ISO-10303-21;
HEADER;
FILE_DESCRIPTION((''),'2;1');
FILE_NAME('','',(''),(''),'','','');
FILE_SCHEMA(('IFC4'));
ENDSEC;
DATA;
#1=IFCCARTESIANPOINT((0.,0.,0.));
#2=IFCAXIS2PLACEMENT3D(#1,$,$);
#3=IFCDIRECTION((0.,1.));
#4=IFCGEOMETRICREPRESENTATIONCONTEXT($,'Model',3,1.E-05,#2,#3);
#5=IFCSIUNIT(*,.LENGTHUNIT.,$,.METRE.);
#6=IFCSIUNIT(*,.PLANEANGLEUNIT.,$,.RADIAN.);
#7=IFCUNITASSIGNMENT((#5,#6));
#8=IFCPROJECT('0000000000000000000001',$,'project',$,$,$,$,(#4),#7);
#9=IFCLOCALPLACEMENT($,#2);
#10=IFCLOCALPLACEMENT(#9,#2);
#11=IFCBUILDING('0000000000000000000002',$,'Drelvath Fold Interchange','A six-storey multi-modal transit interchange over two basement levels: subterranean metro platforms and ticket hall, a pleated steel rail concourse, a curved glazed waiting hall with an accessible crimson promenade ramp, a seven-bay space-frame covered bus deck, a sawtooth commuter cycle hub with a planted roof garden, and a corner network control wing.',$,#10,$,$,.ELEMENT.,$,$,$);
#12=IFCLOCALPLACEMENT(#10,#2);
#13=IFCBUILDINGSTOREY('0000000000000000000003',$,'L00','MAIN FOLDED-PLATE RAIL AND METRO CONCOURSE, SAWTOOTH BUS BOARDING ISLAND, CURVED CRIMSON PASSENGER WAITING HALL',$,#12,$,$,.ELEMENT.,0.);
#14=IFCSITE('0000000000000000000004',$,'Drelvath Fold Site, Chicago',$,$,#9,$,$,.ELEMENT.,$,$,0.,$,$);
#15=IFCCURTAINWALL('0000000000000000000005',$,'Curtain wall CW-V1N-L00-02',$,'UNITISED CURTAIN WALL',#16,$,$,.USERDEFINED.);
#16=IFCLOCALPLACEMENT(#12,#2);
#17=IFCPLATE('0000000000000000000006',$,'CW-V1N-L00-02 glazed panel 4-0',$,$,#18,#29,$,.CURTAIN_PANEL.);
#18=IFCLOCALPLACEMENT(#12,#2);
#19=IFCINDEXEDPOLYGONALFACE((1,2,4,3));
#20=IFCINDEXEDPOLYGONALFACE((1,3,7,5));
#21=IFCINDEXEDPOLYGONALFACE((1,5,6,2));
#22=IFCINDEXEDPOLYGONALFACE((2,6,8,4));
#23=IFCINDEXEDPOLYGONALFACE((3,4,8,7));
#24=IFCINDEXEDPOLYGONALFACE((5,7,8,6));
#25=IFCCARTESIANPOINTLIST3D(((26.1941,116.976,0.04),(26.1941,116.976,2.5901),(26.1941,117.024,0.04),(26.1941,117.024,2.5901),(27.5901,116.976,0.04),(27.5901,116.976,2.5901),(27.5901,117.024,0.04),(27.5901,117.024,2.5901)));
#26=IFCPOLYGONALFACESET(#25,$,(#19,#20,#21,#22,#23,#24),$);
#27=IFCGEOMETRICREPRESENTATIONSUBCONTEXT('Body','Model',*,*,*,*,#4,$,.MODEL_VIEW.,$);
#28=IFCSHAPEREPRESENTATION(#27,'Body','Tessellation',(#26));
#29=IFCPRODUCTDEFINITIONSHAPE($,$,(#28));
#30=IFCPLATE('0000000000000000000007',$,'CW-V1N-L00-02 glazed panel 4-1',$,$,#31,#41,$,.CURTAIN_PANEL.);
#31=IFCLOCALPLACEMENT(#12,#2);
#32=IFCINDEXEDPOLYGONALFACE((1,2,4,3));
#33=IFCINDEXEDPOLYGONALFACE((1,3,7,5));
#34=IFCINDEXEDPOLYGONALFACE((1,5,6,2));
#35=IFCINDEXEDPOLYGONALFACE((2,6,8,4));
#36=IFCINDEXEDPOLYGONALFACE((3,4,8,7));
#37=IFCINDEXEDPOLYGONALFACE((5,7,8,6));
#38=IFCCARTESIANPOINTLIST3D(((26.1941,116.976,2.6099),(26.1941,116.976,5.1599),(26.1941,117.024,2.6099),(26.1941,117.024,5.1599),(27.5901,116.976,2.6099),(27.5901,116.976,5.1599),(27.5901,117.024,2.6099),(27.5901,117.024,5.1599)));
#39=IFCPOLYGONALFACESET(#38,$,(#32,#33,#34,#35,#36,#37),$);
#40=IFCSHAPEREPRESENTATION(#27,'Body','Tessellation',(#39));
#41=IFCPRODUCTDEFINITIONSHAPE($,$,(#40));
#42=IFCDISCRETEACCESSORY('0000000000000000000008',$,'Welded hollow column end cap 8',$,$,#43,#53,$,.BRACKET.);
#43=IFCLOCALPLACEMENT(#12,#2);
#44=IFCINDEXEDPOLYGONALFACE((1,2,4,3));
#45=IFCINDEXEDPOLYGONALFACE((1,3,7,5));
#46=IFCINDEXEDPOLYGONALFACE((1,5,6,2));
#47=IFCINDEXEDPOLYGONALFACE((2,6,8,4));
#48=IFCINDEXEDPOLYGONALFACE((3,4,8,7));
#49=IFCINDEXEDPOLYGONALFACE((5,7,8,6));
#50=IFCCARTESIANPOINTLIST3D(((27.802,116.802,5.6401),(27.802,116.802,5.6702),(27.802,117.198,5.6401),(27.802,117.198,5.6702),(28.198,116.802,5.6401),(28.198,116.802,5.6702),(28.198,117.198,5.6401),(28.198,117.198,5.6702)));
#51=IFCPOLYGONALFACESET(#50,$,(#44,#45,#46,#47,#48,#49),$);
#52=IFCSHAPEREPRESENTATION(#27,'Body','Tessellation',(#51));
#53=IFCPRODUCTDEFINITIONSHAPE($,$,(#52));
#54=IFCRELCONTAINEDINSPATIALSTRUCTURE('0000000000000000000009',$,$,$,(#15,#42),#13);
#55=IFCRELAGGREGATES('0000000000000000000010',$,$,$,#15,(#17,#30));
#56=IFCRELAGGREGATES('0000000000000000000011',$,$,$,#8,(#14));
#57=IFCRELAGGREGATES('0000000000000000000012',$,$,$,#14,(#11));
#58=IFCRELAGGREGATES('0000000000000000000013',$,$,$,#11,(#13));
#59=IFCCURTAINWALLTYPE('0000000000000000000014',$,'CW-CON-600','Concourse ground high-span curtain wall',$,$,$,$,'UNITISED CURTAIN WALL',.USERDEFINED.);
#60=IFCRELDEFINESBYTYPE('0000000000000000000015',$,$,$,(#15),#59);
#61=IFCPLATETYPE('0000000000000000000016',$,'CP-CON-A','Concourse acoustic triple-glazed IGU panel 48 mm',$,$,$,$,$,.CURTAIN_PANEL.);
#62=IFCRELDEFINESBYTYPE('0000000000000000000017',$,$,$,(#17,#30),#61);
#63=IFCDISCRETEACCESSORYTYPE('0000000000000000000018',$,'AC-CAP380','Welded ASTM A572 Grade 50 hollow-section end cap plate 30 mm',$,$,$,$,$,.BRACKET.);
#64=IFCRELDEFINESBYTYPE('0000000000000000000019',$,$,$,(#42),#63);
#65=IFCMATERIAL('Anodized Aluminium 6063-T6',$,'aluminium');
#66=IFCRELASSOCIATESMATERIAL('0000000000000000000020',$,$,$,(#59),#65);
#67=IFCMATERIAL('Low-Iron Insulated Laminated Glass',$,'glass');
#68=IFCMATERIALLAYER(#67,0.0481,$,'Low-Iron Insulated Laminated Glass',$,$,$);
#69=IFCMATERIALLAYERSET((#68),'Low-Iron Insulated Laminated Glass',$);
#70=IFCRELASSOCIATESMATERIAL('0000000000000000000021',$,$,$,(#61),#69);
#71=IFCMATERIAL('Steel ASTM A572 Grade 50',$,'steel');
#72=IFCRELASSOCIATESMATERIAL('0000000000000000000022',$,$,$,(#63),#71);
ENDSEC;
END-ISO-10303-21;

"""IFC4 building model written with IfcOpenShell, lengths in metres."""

from ifc_helpers import new_model, si_unit, direction, frame, origin, origin_2d, place, context, subcontext, project, spatial, rectangle, extrude, material, layer, layer_set, type_object, element, aggregate, save


model = new_model("IFC4")

# Units and contexts
model_context = context("Model", 3, precision=1e-05, world=origin(), true_north=direction((0.0, 1.0)))
body_context = subcontext(model_context, "Body", "Model", "MODEL_VIEW")
ifc_project = project(units=[si_unit("LENGTHUNIT", "METRE"), si_unit("PLANEANGLEUNIT", "RADIAN")], contexts=[model_context])

# Site, building, storey
site_placement = place(None, origin())
site = spatial("IfcSite", under=ifc_project, at=site_placement, Name="Drelvath Fold Site, Chicago", CompositionType="ELEMENT", RefElevation=0.0)
building_placement = place(site_placement, origin())
building = spatial("IfcBuilding", under=site, at=building_placement, Name="Drelvath Fold Interchange", Description="A six-storey multi-modal transit interchange over two basement levels: subterranean metro platforms and ticket hall, a pleated steel rail concourse, a curved glazed waiting hall with an accessible crimson promenade ramp, a seven-bay space-frame covered bus deck, a sawtooth commuter cycle hub with a planted roof garden, and a corner network control wing.", CompositionType="ELEMENT")
storey_placement = place(building_placement, origin())
storey = spatial("IfcBuildingStorey", under=building, at=storey_placement, Name="L00", Description="MAIN FOLDED-PLATE RAIL AND METRO CONCOURSE, SAWTOOTH BUS BOARDING ISLAND, CURVED CRIMSON PASSENGER WAITING HALL", CompositionType="ELEMENT", Elevation=0.0)

# Curtain wall, plates
ifc_material_1 = material(Name="Anodized Aluminium 6063-T6", Category="aluminium")
curtain_wall_type = type_object("IfcCurtainWallType", Name="CW-CON-600", Description="Concourse ground high-span curtain wall", ElementType="UNITISED CURTAIN WALL", PredefinedType="USERDEFINED", material=ifc_material_1)
curtain_wall_placement = place(storey_placement, origin())
curtain_wall = element("IfcCurtainWall", 1, at=curtain_wall_placement, inside=storey, type_object=curtain_wall_type, Name="Curtain wall CW-V1N-L00-02", ObjectType="UNITISED CURTAIN WALL", PredefinedType="USERDEFINED")
ifc_material_2 = material(Name="Low-Iron Insulated Laminated Glass", Category="glass")
ifc_layer_1 = layer(ifc_material_2, 0.0481, Name="Low-Iron Insulated Laminated Glass")
ifc_layer_set_1 = layer_set([ifc_layer_1], Name="Low-Iron Insulated Laminated Glass")
plate_type = type_object("IfcPlateType", Name="CP-CON-A", Description="Concourse acoustic triple-glazed IGU panel 48 mm", PredefinedType="CURTAIN_PANEL", material=ifc_layer_set_1)
plate_1_placement = place(storey_placement, frame((26.8921, 117.0, 0.04), z_axis=(0.0, 0.0, 1.0), x_axis=(1.0, 0.0, 0.0)))
plate_1 = element("IfcPlate", 2, at=plate_1_placement, type_object=plate_type, Name="CW-V1N-L00-02 glazed panel 4-0", PredefinedType="CURTAIN_PANEL", context=body_context, shape_type="SweptSolid", body=[
    extrude(rectangle(XDim=1.396, YDim=0.0481, at=origin_2d()), origin(), (0.0, 0.0, 1.0), 2.55),
])
plate_2_placement = place(storey_placement, frame((26.8921, 117.0, 2.6099), z_axis=(0.0, 0.0, 1.0), x_axis=(1.0, 0.0, 0.0)))
plate_2 = element("IfcPlate", 3, at=plate_2_placement, type_object=plate_type, Name="CW-V1N-L00-02 glazed panel 4-1", PredefinedType="CURTAIN_PANEL", context=body_context, shape_type="SweptSolid", body=[
    extrude(rectangle(XDim=1.396, YDim=0.0481, at=origin_2d()), origin(), (0.0, 0.0, 1.0), 2.55),
])
aggregate(curtain_wall, [plate_1, plate_2])

# Discrete accessory
ifc_material_3 = material(Name="Steel ASTM A572 Grade 50", Category="steel")
discrete_accessory_type = type_object("IfcDiscreteAccessoryType", Name="AC-CAP380", Description="Welded ASTM A572 Grade 50 hollow-section end cap plate 30 mm", PredefinedType="BRACKET", material=ifc_material_3)
discrete_accessory_placement = place(storey_placement, frame((28.0, 117.0, 5.6401), z_axis=(0.0, 0.0, 1.0), x_axis=(1.0, 0.0, 0.0)))
element("IfcDiscreteAccessory", 4, at=discrete_accessory_placement, inside=storey, type_object=discrete_accessory_type, Name="Welded hollow column end cap 8", PredefinedType="BRACKET", context=body_context, shape_type="SweptSolid", body=[
    extrude(rectangle(XDim=0.396, YDim=0.396, at=origin_2d()), origin(), (0.0, 0.0, 1.0), 0.03),
])

save(model, "model.ifc")
